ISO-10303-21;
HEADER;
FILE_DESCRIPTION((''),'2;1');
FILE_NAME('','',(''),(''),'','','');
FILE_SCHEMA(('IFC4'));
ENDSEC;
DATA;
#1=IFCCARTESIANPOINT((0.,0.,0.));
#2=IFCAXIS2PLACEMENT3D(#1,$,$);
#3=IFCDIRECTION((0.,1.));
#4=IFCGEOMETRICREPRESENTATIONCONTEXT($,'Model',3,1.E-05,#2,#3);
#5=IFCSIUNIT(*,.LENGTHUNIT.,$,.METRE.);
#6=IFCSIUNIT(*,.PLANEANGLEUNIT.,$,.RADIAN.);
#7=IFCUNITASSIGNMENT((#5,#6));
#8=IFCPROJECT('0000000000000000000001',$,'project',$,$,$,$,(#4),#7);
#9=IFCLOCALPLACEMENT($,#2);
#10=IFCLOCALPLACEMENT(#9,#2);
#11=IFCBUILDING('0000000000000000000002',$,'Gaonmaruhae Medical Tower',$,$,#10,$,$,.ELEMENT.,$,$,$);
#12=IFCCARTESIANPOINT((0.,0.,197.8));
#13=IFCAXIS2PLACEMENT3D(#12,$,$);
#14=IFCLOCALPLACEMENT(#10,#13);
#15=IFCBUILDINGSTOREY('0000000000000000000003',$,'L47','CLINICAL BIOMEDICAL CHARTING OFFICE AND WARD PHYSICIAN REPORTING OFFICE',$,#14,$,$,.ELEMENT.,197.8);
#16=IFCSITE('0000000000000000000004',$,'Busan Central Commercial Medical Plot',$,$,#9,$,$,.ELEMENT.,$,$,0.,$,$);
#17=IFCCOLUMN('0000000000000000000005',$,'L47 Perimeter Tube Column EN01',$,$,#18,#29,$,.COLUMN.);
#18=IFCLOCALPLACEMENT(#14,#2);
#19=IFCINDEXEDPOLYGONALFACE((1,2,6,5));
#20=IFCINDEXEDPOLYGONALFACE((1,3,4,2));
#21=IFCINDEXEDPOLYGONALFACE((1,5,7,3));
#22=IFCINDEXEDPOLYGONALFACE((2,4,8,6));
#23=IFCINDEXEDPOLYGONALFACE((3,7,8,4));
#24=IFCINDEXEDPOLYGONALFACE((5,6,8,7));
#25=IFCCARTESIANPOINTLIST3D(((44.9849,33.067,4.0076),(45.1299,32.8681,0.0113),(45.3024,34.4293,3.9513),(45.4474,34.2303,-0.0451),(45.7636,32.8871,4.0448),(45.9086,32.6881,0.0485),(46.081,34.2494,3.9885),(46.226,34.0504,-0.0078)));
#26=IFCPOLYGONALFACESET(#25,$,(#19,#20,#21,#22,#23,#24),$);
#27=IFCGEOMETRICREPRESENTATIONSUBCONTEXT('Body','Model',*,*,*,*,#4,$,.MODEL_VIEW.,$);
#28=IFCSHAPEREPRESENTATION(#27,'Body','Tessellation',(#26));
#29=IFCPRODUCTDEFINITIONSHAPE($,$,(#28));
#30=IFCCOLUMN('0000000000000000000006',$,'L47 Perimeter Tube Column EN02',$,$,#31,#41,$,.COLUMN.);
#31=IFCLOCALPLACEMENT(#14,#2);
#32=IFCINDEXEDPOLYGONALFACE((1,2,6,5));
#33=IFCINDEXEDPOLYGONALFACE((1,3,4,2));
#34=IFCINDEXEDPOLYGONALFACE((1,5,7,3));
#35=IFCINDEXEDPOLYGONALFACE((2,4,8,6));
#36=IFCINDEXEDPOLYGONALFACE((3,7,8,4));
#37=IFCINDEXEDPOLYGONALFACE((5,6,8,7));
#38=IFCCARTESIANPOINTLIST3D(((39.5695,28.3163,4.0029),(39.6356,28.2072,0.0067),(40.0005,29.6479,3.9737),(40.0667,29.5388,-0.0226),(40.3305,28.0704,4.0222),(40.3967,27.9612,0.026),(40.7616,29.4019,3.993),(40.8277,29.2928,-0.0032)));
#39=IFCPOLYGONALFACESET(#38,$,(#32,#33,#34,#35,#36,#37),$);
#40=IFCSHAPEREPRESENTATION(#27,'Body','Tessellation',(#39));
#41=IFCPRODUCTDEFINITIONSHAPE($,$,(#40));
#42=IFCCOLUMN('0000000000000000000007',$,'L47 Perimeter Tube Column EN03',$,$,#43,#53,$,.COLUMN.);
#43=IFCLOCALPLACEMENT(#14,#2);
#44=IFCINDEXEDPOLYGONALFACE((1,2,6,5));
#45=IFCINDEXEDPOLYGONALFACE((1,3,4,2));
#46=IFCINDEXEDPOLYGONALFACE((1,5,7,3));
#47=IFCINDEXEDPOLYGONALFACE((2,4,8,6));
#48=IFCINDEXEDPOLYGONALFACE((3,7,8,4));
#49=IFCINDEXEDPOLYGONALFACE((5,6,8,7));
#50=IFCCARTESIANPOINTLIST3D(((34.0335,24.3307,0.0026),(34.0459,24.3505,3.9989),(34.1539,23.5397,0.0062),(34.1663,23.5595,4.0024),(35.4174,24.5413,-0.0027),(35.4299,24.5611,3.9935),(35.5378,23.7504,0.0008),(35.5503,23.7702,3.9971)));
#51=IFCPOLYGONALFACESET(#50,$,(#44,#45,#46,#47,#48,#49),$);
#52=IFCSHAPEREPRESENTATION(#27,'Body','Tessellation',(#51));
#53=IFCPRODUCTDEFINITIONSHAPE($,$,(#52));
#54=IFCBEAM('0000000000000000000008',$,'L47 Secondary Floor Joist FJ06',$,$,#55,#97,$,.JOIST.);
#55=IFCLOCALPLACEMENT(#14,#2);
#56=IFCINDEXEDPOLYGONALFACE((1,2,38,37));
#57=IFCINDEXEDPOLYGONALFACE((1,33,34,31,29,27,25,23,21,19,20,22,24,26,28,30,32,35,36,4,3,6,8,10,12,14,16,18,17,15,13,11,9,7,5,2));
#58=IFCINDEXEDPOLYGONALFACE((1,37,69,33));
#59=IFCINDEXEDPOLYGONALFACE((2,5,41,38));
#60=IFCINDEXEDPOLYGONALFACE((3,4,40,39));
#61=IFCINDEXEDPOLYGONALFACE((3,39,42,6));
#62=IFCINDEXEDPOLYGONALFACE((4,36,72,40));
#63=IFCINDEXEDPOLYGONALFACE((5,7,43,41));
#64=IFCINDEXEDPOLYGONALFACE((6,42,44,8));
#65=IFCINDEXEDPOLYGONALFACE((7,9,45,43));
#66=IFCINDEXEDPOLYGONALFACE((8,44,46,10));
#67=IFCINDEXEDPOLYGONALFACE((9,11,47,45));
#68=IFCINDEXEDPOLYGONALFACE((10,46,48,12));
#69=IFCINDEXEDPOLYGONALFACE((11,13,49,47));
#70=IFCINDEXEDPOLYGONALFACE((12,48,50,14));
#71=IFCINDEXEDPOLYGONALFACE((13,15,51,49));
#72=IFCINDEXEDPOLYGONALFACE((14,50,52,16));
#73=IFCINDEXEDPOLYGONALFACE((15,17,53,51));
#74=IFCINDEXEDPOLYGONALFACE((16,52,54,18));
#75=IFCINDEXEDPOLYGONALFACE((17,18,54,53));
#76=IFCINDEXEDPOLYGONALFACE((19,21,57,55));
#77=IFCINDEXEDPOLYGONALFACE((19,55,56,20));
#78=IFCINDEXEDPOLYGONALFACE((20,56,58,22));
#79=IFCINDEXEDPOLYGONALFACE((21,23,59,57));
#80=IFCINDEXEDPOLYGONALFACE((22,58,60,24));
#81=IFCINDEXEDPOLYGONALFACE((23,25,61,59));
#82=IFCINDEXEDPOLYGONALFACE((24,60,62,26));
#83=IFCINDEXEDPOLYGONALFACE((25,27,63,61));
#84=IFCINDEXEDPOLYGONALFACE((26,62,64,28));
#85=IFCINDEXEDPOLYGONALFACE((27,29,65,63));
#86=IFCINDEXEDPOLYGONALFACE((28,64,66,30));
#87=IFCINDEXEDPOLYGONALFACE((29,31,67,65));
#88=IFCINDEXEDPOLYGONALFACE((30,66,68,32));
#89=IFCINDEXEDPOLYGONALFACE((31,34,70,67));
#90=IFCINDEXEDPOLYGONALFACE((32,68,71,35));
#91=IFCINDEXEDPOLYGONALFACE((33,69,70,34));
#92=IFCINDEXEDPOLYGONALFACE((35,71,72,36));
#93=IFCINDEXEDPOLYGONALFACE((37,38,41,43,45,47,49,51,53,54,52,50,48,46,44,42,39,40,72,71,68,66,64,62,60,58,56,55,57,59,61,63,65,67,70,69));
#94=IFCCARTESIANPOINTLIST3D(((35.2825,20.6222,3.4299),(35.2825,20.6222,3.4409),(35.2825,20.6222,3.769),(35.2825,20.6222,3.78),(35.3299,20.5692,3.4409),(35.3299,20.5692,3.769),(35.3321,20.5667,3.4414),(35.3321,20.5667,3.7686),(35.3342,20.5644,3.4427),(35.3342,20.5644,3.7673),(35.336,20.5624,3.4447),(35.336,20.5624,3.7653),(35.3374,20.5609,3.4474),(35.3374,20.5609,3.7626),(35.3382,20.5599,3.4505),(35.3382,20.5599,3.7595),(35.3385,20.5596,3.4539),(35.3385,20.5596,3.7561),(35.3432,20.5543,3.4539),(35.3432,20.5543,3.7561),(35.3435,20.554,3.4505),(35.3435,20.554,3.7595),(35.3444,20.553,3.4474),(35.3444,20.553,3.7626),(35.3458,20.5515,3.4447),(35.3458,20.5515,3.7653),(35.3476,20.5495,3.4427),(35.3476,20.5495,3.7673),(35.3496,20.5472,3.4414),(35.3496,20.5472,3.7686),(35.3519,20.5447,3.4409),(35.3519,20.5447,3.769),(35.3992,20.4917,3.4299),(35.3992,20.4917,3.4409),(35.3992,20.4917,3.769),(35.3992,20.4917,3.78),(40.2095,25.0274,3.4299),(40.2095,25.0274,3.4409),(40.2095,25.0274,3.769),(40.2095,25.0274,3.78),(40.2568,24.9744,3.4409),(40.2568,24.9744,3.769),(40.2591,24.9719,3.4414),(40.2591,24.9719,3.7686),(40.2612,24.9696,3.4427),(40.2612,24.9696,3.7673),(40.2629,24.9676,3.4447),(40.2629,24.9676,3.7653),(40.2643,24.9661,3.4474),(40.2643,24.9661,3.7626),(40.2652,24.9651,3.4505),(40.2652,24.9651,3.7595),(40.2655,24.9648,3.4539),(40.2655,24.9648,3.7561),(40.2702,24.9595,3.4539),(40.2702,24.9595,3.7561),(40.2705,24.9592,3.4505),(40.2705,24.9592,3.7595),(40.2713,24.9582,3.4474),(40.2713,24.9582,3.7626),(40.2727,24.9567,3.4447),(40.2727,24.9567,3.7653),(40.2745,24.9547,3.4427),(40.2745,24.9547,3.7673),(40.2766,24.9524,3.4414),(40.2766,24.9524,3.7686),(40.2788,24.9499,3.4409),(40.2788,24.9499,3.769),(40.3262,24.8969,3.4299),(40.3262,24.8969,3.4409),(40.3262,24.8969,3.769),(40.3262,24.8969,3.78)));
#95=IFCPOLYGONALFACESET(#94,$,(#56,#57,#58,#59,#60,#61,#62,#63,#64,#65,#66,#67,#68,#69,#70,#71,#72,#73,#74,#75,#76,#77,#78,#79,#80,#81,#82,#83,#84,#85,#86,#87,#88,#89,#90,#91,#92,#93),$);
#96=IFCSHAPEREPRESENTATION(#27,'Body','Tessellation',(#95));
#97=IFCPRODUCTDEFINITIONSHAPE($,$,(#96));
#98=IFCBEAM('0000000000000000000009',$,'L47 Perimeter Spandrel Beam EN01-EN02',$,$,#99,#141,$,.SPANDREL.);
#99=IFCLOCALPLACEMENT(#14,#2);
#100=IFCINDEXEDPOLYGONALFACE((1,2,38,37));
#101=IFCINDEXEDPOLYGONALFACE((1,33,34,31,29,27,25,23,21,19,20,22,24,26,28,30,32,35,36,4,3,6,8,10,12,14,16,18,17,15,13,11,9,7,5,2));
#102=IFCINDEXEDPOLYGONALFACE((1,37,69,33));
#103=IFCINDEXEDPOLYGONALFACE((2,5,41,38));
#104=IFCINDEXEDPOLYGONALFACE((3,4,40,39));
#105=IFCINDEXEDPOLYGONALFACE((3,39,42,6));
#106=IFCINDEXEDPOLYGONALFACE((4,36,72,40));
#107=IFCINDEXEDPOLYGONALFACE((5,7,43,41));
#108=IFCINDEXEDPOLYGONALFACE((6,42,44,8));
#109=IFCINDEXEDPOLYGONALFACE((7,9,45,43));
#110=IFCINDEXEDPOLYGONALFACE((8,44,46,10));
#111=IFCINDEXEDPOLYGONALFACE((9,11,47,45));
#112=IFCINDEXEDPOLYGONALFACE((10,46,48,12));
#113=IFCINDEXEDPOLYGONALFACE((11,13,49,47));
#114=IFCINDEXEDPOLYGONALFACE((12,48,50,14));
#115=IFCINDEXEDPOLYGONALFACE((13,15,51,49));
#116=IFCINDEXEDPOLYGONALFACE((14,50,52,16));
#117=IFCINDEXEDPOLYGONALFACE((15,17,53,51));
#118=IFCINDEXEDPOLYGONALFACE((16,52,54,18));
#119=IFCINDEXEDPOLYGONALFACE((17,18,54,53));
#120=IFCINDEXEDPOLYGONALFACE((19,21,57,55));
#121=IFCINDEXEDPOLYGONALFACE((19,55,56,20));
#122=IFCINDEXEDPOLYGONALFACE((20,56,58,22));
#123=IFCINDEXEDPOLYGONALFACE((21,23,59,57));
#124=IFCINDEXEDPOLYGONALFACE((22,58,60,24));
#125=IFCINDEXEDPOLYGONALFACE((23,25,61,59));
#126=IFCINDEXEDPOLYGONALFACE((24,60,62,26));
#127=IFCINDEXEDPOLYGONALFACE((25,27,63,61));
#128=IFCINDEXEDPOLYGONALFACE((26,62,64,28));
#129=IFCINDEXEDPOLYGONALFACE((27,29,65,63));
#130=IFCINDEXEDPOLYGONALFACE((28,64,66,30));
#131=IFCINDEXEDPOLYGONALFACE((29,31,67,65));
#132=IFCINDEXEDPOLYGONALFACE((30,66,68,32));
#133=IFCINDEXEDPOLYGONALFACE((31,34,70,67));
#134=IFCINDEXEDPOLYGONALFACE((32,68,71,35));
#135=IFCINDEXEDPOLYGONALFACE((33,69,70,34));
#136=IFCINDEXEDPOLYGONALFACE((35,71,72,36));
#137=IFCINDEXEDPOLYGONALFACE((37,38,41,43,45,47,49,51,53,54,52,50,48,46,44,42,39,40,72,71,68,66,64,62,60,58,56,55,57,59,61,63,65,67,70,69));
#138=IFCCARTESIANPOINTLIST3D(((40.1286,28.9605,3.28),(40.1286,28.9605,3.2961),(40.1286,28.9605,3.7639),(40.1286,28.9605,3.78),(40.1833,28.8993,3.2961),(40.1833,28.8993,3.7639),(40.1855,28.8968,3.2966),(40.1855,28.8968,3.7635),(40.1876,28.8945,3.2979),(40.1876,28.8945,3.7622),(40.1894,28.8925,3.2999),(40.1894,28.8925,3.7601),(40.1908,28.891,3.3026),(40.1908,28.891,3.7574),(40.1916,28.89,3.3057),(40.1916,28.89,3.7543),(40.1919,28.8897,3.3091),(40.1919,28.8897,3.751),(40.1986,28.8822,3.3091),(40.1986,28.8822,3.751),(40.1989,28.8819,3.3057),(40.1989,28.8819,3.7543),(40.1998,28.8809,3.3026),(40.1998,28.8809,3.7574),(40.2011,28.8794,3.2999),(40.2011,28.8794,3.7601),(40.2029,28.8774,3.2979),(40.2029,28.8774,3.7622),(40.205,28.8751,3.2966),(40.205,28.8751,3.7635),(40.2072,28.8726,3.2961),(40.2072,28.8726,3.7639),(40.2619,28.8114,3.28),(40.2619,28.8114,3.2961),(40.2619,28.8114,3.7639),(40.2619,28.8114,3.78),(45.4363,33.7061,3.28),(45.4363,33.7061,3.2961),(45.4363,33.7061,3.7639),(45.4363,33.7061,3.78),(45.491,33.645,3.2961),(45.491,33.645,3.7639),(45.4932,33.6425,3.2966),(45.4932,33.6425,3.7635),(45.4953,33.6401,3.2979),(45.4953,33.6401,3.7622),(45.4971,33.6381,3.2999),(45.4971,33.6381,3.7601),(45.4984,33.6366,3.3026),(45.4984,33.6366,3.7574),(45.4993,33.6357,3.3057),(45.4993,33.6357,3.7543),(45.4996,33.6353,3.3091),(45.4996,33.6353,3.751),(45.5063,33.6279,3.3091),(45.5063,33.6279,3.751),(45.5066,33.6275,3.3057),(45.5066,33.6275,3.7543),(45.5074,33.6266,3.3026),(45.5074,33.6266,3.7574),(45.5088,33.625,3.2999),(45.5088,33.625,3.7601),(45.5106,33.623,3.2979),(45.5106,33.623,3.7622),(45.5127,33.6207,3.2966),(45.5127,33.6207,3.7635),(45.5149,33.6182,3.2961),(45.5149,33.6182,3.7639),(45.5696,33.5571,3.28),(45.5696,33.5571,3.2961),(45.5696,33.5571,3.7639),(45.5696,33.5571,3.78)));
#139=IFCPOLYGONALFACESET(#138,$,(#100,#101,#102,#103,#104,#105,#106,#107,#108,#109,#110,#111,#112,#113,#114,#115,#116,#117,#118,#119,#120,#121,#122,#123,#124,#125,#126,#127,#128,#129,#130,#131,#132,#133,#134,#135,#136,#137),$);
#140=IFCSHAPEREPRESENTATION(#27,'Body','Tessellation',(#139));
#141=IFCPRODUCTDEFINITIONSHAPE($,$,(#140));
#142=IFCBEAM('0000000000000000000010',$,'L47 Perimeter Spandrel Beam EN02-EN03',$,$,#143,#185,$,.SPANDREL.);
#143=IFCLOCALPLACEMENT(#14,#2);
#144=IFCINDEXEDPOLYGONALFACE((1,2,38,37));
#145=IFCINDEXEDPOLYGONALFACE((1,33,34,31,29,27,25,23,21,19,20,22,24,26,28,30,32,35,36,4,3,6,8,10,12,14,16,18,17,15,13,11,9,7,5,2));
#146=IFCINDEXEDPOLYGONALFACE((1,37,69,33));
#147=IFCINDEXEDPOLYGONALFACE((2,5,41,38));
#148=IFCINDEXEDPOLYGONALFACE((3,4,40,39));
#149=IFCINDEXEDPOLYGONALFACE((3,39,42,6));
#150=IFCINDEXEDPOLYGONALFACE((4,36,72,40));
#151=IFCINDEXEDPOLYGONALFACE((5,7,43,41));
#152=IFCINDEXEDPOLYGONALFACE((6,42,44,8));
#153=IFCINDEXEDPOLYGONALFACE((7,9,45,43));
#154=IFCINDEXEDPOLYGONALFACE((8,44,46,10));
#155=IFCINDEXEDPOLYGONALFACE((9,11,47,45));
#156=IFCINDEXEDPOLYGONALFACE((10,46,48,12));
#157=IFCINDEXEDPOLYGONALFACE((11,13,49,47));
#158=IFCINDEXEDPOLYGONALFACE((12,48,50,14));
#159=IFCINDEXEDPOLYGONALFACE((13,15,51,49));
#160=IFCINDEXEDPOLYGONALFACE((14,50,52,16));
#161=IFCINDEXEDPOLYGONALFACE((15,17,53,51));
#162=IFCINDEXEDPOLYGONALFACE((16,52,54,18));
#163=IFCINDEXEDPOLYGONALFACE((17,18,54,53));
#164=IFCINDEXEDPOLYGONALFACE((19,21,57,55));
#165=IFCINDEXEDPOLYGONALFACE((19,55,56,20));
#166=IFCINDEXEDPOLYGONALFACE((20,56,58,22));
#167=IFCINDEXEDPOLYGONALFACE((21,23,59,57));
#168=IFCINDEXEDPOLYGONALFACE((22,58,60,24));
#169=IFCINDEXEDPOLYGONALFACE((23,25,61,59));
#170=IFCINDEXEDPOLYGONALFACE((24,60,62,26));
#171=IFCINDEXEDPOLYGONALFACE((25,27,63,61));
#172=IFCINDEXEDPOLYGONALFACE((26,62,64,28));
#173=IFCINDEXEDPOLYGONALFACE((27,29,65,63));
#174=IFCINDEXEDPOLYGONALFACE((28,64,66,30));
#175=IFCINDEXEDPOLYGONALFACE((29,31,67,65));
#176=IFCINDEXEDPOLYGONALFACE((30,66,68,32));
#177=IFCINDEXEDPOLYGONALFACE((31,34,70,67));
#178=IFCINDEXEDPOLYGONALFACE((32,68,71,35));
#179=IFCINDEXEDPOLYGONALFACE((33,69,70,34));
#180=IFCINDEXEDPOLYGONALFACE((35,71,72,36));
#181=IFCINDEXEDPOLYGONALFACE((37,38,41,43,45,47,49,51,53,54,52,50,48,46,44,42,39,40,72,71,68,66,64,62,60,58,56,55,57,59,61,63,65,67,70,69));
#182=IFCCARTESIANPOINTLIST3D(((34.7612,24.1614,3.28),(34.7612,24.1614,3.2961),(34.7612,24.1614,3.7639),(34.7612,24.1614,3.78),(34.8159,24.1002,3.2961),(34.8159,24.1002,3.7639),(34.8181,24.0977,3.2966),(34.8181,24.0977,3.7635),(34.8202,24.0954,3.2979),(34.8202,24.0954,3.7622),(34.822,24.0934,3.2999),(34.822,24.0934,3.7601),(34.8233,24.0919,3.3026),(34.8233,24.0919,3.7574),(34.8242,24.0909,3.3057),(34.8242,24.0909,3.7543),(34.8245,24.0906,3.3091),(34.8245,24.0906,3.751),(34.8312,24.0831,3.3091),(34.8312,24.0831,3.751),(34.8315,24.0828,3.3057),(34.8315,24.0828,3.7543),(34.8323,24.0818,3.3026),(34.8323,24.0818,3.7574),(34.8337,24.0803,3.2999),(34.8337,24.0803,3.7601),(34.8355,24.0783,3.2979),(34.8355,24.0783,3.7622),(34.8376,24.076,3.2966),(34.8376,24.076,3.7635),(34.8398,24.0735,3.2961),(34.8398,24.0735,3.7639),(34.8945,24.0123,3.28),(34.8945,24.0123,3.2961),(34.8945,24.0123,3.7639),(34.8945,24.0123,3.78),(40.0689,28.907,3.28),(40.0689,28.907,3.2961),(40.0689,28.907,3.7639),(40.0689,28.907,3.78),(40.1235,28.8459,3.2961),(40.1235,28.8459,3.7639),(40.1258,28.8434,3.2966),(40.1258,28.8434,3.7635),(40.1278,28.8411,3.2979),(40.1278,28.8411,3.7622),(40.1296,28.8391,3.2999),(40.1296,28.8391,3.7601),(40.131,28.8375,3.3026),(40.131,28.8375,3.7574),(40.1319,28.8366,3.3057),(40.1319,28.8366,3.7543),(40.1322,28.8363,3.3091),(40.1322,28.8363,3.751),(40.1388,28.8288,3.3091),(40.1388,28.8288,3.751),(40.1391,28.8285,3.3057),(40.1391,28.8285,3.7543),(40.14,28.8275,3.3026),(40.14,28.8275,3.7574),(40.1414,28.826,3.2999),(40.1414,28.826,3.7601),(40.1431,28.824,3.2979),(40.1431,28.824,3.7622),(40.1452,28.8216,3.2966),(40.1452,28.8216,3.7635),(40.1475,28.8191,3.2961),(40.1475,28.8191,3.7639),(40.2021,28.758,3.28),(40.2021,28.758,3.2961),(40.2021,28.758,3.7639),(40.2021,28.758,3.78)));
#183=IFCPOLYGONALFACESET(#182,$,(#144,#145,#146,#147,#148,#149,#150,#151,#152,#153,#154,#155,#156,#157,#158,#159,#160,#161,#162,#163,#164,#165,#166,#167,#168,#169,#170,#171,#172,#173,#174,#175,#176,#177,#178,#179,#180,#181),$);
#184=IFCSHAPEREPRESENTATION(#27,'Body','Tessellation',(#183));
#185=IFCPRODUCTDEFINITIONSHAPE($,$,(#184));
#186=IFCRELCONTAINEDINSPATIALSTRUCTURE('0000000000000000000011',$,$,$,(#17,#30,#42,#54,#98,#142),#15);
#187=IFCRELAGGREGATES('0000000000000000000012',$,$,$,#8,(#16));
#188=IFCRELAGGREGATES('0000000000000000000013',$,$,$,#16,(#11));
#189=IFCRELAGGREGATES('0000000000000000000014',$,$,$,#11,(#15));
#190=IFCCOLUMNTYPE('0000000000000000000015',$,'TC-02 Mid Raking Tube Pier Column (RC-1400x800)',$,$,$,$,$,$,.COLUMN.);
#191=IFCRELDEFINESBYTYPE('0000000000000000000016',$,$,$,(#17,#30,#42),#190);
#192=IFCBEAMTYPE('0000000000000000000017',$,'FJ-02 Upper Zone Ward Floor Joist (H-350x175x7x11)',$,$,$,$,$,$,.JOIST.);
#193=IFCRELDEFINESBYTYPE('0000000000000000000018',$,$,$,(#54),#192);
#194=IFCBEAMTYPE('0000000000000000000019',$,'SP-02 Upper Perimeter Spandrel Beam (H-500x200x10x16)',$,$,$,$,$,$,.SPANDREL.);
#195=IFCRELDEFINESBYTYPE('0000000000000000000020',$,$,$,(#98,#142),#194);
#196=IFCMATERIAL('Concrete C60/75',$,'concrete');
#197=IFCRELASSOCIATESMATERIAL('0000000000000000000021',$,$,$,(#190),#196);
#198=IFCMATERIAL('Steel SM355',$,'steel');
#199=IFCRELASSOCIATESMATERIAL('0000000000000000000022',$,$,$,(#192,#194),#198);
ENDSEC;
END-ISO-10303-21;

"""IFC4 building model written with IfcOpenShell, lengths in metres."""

from ifc_helpers import new_model, si_unit, direction, frame, origin, origin_2d, place, context, subcontext, project, spatial, rectangle, i_section, extrude, material, material_profile, profile_set, type_object, element, save


model = new_model("IFC4")

# Units and contexts
model_context = context("Model", 3, precision=1e-05, world=origin(), true_north=direction((0.0, 1.0)))
body_context = subcontext(model_context, "Body", "Model", "MODEL_VIEW")
ifc_project = project(units=[si_unit("LENGTHUNIT", "METRE"), si_unit("PLANEANGLEUNIT", "RADIAN")], contexts=[model_context])

# Site, building, storey
site_placement = place(None, origin())
site = spatial("IfcSite", under=ifc_project, at=site_placement, Name="Busan Central Commercial Medical Plot", CompositionType="ELEMENT", RefElevation=0.0)
building_placement = place(site_placement, origin())
building = spatial("IfcBuilding", under=site, at=building_placement, Name="Gaonmaruhae Medical Tower", CompositionType="ELEMENT")
storey_placement = place(building_placement, frame((0.0, 0.0, 197.8)))
storey = spatial("IfcBuildingStorey", under=building, at=storey_placement, Name="L47", Description="CLINICAL BIOMEDICAL CHARTING OFFICE AND WARD PHYSICIAN REPORTING OFFICE", CompositionType="ELEMENT", Elevation=197.8)

# Columns
ifc_material_1 = material(Name="Concrete C60/75", Category="concrete")
ifc_material_profile_1 = material_profile(ifc_material_1, rectangle(XDim=1.3999, YDim=0.8, at=origin_2d()), Name="RC-1400x800")
ifc_profile_set_1 = profile_set([ifc_material_profile_1], Name="Concrete C60/75")
column_type = type_object("IfcColumnType", Name="TC-02 Mid Raking Tube Pier Column (RC-1400x800)", PredefinedType="COLUMN", material=ifc_profile_set_1)
column_1_placement = place(storey_placement, frame((45.678, 33.4592, 0.0017), z_axis=(-0.036219, 0.049695, 0.998107), x_axis=(-0.226771, -0.973117, 0.040222)))
element("IfcColumn", 1, at=column_1_placement, inside=storey, type_object=column_type, Name="L47 Perimeter Tube Column EN01", PredefinedType="COLUMN", context=body_context, shape_type="SweptSolid", body=[
    extrude(rectangle(XDim=1.3999, YDim=0.8, at=origin_2d()), origin(), (0.0, 0.0, 1.0), 4.0039),
])
column_2_placement = place(storey_placement, frame((40.2317, 28.75, 0.0017), z_axis=(-0.016547, 0.027294, 0.99949), x_axis=(-0.307913, -0.951186, 0.020877)))
element("IfcColumn", 2, at=column_2_placement, inside=storey, type_object=column_type, Name="L47 Perimeter Tube Column EN02", PredefinedType="COLUMN", context=body_context, shape_type="SweptSolid", body=[
    extrude(rectangle(XDim=1.3999, YDim=0.8, at=origin_2d()), origin(), (0.0, 0.0, 1.0), 3.9983),
])
column_3_placement = place(storey_placement, frame((34.7856, 24.0405, 0.0017), z_axis=(0.003116, 0.004948, 0.999983), x_axis=(-0.988608, -0.150462, 0.003825)))
element("IfcColumn", 3, at=column_3_placement, inside=storey, type_object=column_type, Name="L47 Perimeter Tube Column EN03", PredefinedType="COLUMN", context=body_context, shape_type="SweptSolid", body=[
    extrude(rectangle(XDim=1.3999, YDim=0.8, at=origin_2d()), origin(), (0.0, 0.0, 1.0), 3.9963),
])

# Beams
ifc_material_2 = material(Name="Steel SM355", Category="steel")
ifc_material_profile_2 = material_profile(ifc_material_2, i_section(OverallWidth=0.175, OverallDepth=0.3501, WebThickness=0.0071, FlangeThickness=0.011, FilletRadius=0.0129, at=origin_2d()), Name="H-350x175x7x11")
ifc_profile_set_2 = profile_set([ifc_material_profile_2], Name="Steel SM355")
beam_type_1 = type_object("IfcBeamType", Name="FJ-02 Upper Zone Ward Floor Joist (H-350x175x7x11)", PredefinedType="JOIST", material=ifc_profile_set_2)
beam_1_placement = place(storey_placement, frame((40.2678, 24.9622, 3.605), z_axis=(-0.745474, -0.666535, 0.0), x_axis=(0.666535, -0.745474, 0.0)))
element("IfcBeam", 4, at=beam_1_placement, inside=storey, type_object=beam_type_1, Name="L47 Secondary Floor Joist FJ06", PredefinedType="JOIST", context=body_context, shape_type="SweptSolid", body=[
    extrude(i_section(OverallWidth=0.175, OverallDepth=0.3501, WebThickness=0.0071, FlangeThickness=0.011, FilletRadius=0.0129, at=origin_2d()), origin(), (0.0, 0.0, 1.0), 6.6091),
])
ifc_material_profile_3 = material_profile(ifc_material_2, i_section(OverallWidth=0.2, OverallDepth=0.5, WebThickness=0.01, FlangeThickness=0.0161, FilletRadius=0.0129, at=origin_2d()), Name="H-500x200x10x16")
ifc_profile_set_3 = profile_set([ifc_material_profile_3], Name="Steel SM355")
beam_type_2 = type_object("IfcBeamType", Name="SP-02 Upper Perimeter Spandrel Beam (H-500x200x10x16)", PredefinedType="SPANDREL", material=ifc_profile_set_3)
for number, where, z_axis, x_axis, name in (
    (5, (45.5029, 33.6316, 3.53), (-0.745473, -0.666536, 0.0), (0.666536, -0.745473, 0.0), "L47 Perimeter Spandrel Beam EN01-EN02"),
    (6, (40.1355, 28.8325, 3.53), (-0.745473, -0.666536, 0.0), (0.666536, -0.745473, 0.0), "L47 Perimeter Spandrel Beam EN02-EN03"),
):
    element("IfcBeam", number, at=place(storey_placement, frame(where, z_axis=z_axis, x_axis=x_axis)), inside=storey, type_object=beam_type_2, Name=name, PredefinedType="SPANDREL", context=body_context, shape_type="SweptSolid", body=[
        extrude(i_section(OverallWidth=0.2, OverallDepth=0.5, WebThickness=0.01, FlangeThickness=0.0161, FilletRadius=0.0129, at=origin_2d()), origin(), (0.0, 0.0, 1.0), 7.1199),
    ])

save(model, "model.ifc")
